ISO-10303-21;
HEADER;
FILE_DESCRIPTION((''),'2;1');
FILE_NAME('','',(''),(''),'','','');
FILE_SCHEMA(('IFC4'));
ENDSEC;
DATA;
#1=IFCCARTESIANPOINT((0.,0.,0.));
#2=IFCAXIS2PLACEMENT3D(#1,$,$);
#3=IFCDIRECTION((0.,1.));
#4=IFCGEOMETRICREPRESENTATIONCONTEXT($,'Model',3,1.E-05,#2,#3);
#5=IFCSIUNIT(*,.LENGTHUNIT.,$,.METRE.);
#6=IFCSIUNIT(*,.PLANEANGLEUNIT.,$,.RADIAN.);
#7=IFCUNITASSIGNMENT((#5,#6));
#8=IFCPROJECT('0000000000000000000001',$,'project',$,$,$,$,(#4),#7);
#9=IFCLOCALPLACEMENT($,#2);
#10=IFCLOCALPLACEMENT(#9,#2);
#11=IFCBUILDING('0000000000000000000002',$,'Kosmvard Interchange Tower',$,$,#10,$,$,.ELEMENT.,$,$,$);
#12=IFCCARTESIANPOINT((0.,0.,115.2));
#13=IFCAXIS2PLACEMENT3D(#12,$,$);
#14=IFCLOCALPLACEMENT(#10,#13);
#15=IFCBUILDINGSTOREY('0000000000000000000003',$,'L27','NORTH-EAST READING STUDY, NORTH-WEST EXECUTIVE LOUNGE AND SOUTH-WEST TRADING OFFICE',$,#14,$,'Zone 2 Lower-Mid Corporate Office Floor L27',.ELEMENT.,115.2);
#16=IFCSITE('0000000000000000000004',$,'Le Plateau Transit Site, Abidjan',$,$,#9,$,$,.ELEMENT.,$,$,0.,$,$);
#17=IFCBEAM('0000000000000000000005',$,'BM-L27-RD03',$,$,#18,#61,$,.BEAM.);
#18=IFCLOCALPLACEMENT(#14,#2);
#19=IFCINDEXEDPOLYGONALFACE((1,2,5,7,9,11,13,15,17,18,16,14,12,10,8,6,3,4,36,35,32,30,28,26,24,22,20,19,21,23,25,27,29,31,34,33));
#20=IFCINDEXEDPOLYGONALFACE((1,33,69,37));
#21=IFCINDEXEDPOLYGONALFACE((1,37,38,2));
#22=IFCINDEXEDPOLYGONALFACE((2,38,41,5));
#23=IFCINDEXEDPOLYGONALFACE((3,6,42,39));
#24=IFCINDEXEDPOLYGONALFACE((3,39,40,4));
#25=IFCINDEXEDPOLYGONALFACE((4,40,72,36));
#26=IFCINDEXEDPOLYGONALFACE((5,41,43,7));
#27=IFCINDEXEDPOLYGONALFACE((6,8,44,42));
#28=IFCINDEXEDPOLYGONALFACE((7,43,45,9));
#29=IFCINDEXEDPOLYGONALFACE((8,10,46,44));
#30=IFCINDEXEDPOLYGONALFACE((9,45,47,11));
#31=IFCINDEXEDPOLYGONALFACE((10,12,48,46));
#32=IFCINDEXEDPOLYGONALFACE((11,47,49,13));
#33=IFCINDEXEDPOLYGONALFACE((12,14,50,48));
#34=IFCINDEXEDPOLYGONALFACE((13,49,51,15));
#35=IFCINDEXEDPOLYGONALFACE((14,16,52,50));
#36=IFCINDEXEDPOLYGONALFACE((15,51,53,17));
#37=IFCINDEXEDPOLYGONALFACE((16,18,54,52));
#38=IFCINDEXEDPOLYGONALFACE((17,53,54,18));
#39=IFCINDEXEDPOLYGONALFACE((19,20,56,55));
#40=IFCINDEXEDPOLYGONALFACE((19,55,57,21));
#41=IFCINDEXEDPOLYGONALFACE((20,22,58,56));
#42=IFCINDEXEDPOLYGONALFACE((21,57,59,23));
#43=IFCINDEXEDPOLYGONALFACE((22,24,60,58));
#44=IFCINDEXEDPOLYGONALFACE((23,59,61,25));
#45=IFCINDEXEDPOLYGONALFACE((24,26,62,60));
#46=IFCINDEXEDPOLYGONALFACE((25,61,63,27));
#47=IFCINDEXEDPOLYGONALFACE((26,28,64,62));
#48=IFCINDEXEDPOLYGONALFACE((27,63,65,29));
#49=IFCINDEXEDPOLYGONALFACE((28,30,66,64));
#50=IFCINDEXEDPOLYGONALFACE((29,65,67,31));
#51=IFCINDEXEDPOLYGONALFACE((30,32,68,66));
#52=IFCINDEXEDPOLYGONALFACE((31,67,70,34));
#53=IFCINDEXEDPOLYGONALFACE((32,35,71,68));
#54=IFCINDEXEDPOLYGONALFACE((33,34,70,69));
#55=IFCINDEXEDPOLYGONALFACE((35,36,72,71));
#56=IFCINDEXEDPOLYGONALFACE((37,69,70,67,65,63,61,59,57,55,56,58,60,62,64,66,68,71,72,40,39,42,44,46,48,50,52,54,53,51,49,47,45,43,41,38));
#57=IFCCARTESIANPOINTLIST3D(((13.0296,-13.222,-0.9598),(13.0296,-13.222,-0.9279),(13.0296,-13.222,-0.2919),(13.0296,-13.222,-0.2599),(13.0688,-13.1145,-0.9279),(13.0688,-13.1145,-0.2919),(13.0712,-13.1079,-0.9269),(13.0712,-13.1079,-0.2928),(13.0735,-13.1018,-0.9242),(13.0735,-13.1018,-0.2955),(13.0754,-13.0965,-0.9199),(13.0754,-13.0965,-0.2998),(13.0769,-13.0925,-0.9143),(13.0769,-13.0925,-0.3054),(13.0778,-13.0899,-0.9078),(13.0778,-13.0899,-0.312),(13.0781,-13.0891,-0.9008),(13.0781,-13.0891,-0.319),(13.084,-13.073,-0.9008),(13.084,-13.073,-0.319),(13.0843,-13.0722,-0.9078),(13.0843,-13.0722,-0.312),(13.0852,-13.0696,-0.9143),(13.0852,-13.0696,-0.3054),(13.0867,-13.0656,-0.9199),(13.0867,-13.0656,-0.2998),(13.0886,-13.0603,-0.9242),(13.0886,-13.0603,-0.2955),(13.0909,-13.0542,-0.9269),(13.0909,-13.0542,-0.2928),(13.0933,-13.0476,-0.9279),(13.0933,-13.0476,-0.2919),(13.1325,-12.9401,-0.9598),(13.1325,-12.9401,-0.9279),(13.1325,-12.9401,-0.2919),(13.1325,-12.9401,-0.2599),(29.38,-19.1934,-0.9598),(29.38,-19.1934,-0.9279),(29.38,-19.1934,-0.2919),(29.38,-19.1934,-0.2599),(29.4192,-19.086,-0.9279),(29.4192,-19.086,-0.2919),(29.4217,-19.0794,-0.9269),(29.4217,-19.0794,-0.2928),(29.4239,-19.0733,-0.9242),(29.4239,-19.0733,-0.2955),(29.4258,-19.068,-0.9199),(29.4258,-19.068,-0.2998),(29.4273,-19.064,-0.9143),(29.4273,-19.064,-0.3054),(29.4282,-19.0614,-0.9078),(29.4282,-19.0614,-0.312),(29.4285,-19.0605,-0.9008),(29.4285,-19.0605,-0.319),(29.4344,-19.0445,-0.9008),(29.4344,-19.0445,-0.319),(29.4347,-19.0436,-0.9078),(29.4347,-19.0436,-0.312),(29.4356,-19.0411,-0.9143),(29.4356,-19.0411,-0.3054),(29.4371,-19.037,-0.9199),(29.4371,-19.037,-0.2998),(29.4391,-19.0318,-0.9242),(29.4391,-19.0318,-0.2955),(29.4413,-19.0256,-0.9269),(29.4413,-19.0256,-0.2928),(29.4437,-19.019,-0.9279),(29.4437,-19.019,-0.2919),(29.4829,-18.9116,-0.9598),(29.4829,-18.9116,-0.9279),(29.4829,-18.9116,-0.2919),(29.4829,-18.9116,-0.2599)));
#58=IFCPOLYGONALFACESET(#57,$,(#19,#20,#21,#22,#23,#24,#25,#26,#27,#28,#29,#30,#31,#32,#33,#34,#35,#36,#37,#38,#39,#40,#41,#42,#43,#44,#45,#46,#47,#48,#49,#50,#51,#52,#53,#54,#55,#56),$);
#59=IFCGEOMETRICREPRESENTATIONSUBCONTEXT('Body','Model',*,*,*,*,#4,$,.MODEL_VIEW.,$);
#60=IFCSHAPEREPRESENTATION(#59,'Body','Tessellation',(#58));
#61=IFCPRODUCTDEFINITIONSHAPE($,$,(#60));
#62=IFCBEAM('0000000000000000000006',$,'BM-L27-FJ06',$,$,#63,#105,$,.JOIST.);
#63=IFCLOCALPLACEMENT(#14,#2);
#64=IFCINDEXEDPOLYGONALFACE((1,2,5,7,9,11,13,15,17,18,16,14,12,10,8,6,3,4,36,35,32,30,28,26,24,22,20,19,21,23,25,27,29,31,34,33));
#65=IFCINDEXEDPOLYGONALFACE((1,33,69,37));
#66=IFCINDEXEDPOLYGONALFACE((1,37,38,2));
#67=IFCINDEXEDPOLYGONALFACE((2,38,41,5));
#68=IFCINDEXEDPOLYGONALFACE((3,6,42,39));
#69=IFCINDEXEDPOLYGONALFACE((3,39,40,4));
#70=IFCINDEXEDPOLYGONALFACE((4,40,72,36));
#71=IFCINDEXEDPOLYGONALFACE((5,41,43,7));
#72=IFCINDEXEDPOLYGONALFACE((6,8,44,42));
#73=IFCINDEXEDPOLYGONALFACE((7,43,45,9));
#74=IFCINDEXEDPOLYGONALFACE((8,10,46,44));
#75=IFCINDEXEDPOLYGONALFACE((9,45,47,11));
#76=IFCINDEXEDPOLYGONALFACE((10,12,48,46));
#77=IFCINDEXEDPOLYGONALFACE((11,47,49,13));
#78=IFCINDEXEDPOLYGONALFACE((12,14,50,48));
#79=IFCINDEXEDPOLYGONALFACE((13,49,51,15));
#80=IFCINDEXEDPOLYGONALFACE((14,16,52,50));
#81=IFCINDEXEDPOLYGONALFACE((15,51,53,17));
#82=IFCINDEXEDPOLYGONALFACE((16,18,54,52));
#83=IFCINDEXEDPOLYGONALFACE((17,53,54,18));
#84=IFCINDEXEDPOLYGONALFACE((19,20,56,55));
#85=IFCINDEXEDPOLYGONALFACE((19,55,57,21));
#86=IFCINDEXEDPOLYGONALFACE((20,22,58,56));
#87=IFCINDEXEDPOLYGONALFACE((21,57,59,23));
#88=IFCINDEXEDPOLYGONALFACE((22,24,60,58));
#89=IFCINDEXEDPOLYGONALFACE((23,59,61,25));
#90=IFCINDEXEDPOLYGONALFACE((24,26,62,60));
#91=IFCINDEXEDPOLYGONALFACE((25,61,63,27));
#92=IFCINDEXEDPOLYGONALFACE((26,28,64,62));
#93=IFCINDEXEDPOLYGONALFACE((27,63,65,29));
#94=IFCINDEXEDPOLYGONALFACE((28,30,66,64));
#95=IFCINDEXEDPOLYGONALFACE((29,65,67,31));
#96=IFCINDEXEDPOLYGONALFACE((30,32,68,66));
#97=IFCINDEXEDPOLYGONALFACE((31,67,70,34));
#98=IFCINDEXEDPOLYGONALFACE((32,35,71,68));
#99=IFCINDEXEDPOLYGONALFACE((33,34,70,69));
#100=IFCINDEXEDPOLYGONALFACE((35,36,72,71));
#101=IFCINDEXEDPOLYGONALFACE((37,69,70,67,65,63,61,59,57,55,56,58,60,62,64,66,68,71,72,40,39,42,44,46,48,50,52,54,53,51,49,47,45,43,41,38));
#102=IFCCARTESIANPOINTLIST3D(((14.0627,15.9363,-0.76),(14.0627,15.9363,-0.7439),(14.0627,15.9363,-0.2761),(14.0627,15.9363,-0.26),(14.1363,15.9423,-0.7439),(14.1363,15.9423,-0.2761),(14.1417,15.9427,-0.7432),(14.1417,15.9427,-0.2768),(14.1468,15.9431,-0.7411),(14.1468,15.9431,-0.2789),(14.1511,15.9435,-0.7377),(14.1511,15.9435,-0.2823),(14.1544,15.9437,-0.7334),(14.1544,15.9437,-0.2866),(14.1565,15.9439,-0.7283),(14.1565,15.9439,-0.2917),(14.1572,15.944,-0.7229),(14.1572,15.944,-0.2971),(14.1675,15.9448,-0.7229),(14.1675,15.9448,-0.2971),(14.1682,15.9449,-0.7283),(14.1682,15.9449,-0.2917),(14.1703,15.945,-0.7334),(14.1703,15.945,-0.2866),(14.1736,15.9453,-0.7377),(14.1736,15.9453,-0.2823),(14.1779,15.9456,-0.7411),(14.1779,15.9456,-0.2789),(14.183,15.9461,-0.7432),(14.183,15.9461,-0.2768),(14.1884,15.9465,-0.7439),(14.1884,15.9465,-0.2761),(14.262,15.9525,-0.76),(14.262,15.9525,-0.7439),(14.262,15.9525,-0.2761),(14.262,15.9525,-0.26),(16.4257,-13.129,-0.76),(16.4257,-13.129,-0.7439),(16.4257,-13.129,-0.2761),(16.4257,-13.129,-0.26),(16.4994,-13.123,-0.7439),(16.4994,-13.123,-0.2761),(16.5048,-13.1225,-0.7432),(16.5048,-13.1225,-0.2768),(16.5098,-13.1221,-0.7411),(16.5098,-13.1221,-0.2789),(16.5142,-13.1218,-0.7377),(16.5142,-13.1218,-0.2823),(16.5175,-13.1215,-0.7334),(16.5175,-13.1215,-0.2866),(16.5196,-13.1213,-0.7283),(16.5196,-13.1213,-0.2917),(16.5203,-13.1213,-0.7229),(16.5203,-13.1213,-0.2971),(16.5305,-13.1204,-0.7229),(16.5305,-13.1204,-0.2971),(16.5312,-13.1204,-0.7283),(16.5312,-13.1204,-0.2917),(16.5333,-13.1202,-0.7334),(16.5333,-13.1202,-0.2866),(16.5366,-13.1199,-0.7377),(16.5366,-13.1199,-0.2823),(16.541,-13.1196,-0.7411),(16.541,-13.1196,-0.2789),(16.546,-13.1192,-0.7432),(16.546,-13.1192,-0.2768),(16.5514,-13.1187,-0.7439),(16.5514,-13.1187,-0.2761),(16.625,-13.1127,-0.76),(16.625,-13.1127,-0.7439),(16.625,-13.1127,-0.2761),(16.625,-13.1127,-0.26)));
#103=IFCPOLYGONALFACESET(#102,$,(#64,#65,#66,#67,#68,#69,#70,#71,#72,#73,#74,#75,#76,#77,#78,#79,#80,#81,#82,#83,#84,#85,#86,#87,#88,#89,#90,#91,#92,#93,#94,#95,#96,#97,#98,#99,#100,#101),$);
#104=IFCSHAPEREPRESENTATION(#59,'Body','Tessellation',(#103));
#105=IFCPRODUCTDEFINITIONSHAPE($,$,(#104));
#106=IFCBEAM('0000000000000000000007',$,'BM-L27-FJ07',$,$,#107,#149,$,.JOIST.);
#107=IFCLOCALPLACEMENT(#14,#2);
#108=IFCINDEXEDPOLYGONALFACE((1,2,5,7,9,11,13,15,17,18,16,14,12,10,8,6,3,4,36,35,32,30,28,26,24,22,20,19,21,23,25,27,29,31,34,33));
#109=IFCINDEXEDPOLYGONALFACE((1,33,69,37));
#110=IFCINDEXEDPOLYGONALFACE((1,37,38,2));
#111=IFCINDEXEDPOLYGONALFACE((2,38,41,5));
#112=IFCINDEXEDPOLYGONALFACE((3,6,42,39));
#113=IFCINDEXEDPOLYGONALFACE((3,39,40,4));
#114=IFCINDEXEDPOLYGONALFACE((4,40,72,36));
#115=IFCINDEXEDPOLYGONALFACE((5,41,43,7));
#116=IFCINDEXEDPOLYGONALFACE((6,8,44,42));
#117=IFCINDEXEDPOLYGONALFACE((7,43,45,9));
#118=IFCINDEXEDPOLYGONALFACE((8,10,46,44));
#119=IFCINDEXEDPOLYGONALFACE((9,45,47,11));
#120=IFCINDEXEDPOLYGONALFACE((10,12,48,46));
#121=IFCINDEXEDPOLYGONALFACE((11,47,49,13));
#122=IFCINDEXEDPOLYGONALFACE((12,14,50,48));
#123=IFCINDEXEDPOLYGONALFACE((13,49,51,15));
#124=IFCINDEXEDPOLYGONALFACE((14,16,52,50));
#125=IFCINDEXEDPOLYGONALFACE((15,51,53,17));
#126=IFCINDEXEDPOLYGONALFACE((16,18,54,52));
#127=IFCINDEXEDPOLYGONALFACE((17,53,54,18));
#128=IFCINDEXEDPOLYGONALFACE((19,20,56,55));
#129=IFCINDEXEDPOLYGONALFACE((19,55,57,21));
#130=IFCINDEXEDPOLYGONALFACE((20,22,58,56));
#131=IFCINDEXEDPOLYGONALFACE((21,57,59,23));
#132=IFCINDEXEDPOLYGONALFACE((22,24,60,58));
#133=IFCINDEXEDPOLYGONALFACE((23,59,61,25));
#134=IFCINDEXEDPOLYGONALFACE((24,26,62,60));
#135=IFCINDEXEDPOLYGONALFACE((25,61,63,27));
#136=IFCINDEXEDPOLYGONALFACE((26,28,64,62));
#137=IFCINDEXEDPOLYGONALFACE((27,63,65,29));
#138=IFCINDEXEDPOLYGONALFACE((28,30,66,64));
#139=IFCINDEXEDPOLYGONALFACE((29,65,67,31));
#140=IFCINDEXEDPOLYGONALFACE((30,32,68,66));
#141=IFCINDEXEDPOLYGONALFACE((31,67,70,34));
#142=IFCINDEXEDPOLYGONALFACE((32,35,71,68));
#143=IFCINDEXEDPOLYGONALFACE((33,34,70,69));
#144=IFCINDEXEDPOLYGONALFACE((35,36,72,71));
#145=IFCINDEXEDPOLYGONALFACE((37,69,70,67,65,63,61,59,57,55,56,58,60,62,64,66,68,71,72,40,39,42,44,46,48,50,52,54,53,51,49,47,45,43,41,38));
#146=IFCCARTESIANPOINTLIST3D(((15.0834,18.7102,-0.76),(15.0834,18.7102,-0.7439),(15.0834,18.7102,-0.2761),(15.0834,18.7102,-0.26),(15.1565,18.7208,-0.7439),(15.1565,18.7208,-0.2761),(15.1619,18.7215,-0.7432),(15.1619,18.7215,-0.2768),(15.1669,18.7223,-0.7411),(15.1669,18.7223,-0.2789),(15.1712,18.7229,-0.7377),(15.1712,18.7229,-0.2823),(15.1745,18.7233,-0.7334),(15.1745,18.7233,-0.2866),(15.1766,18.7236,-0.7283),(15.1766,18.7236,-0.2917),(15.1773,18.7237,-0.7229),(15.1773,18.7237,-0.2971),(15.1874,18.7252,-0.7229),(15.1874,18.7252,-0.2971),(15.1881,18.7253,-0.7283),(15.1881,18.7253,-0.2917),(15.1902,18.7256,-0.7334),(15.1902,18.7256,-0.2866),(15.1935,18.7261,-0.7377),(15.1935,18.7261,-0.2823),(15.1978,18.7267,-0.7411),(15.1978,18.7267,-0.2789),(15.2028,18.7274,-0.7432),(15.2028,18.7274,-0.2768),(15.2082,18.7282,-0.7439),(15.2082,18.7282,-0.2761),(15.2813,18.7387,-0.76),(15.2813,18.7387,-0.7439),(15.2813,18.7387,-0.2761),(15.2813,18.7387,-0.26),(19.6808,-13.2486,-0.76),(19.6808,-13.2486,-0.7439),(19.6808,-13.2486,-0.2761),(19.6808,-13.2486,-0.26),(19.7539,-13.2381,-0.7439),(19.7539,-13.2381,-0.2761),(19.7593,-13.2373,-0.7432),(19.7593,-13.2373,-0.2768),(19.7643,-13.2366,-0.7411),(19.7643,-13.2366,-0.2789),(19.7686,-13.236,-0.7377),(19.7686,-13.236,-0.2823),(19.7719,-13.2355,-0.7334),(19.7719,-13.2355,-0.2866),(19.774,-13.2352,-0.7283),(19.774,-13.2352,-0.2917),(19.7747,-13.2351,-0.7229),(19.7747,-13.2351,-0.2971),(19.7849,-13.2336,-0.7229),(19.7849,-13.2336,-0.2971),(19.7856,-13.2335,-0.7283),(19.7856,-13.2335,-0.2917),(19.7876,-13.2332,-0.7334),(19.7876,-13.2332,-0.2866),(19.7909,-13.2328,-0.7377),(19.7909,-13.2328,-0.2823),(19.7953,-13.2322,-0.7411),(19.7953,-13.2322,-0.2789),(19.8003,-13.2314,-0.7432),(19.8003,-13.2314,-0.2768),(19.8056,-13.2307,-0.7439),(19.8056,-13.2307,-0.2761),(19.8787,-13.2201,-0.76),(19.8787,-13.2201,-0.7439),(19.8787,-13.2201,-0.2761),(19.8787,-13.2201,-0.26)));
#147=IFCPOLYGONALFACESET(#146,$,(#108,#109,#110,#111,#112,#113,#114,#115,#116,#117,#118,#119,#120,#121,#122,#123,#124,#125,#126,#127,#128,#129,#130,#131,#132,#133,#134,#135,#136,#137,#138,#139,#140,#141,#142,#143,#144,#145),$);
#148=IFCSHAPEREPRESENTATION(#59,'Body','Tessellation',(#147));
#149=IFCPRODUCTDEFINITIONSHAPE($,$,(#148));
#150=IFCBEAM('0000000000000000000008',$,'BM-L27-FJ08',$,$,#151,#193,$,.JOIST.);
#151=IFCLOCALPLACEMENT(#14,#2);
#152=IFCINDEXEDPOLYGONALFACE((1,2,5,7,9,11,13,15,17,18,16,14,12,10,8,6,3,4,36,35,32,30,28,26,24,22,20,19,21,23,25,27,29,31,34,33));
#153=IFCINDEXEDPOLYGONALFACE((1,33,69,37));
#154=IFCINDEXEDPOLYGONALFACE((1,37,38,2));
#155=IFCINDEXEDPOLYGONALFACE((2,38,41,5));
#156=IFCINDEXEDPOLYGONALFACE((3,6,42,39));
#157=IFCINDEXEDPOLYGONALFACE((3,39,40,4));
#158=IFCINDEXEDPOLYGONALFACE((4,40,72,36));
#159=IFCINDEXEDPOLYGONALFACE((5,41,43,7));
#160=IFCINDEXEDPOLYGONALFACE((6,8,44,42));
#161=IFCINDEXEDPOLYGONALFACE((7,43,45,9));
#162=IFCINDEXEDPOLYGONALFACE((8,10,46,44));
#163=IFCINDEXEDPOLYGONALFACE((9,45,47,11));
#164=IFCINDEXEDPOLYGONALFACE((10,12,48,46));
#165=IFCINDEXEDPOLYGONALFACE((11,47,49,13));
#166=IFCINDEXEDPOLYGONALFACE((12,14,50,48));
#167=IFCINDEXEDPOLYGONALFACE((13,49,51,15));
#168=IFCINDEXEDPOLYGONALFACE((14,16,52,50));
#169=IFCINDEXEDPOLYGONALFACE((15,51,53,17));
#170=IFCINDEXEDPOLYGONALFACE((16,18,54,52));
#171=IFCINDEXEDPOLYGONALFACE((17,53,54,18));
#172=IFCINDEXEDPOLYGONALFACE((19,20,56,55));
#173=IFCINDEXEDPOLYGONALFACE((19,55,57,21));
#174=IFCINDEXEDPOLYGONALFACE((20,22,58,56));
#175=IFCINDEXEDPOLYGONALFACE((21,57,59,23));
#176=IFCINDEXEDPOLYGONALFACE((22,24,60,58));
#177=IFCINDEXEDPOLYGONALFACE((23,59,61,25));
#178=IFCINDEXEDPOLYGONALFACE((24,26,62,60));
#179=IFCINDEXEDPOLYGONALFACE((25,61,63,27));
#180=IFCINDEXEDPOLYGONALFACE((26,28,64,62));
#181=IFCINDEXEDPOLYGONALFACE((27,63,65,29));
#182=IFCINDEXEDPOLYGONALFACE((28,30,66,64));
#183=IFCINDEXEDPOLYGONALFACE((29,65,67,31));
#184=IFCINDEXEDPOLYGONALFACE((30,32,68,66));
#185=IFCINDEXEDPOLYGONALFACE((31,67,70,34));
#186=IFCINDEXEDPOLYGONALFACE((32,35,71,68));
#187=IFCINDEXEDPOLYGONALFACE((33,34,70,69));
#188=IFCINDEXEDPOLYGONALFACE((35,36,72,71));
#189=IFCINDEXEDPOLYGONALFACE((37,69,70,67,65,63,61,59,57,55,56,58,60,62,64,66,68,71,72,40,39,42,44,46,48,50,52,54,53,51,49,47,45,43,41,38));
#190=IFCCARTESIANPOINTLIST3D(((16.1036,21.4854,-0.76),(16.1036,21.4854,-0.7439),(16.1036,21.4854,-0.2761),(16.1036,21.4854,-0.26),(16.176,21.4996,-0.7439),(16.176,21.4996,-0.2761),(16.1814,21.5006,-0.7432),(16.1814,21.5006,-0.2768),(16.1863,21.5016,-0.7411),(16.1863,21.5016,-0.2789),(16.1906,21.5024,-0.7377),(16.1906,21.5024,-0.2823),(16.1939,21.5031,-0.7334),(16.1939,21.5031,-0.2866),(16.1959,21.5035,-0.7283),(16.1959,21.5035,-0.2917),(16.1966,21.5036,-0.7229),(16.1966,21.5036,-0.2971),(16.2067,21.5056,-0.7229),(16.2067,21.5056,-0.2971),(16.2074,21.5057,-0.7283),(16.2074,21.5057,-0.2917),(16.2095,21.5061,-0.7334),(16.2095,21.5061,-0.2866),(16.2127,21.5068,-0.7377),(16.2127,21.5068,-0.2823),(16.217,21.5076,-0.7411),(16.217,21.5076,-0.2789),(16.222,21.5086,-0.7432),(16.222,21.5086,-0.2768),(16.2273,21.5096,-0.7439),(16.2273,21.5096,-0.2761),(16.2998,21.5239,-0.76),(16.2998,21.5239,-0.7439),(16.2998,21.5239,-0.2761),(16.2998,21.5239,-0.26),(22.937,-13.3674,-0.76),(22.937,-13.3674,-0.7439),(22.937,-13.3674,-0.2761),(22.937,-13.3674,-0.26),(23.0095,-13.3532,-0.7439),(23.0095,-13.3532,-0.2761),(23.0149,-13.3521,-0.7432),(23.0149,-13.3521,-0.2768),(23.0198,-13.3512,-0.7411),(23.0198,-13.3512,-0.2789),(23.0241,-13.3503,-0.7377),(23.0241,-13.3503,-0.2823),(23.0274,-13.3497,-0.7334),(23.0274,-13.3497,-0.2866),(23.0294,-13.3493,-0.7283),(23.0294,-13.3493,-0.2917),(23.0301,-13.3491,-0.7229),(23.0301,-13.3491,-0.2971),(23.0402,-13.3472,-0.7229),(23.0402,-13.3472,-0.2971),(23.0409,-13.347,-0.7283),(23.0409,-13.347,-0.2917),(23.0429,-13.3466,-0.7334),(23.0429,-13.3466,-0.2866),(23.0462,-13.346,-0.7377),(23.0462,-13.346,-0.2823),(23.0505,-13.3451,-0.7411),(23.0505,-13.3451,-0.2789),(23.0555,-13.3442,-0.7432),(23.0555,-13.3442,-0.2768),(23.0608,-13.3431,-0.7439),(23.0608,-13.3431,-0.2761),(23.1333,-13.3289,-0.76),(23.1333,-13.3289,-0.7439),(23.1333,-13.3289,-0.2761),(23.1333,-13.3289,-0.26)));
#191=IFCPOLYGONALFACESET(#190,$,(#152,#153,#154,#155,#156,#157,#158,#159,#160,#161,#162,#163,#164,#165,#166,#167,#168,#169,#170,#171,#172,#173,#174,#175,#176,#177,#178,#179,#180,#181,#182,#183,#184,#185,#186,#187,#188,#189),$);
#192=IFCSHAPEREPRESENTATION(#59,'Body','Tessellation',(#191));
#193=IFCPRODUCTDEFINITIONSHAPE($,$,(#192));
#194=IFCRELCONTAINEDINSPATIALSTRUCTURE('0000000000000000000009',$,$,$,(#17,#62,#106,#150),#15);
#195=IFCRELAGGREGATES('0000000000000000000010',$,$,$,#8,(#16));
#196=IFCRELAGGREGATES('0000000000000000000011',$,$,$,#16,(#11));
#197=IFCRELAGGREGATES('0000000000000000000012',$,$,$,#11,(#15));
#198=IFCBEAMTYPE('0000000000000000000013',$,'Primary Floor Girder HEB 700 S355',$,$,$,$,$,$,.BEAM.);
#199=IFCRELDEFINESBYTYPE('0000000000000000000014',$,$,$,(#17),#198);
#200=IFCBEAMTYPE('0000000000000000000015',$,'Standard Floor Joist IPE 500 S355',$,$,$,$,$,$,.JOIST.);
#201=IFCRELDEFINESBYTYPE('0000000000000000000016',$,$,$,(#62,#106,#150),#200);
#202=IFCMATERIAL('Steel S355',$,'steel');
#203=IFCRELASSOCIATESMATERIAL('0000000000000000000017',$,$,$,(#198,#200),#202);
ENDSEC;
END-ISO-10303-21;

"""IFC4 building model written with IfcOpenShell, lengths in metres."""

from ifc_helpers import new_model, si_unit, direction, frame, origin, origin_2d, place, context, subcontext, project, spatial, i_section, extrude, source, transform, mapped, material, material_profile, profile_set, type_object, element, save


model = new_model("IFC4")

# Units and contexts
model_context = context("Model", 3, precision=1e-05, world=origin(), true_north=direction((0.0, 1.0)))
body_context = subcontext(model_context, "Body", "Model", "MODEL_VIEW")
ifc_project = project(units=[si_unit("LENGTHUNIT", "METRE"), si_unit("PLANEANGLEUNIT", "RADIAN")], contexts=[model_context])

# Site, building, storey
site_placement = place(None, origin())
site = spatial("IfcSite", under=ifc_project, at=site_placement, Name="Le Plateau Transit Site, Abidjan", CompositionType="ELEMENT", RefElevation=0.0)
building_placement = place(site_placement, origin())
building = spatial("IfcBuilding", under=site, at=building_placement, Name="Kosmvard Interchange Tower", CompositionType="ELEMENT")
storey_placement = place(building_placement, frame((0.0, 0.0, 115.2)))
storey = spatial("IfcBuildingStorey", under=building, at=storey_placement, Name="L27", Description="NORTH-EAST READING STUDY, NORTH-WEST EXECUTIVE LOUNGE AND SOUTH-WEST TRADING OFFICE", LongName="Zone 2 Lower-Mid Corporate Office Floor L27", CompositionType="ELEMENT", Elevation=115.2)

# Beams
ifc_material_1 = material(Name="Steel S355", Category="steel")
ifc_material_profile_1 = material_profile(ifc_material_1, i_section(OverallWidth=0.3, OverallDepth=0.7, WebThickness=0.0171, FlangeThickness=0.032, FilletRadius=0.0271, at=origin_2d()), Name="HEB 700")
ifc_profile_set_1 = profile_set([ifc_material_profile_1], Name="Steel S355")
beam_type_1 = type_object("IfcBeamType", Name="Primary Floor Girder HEB 700 S355", PredefinedType="BEAM", material=ifc_profile_set_1)
shared_shape_1 = source(origin(), body_context, "Body", "SweptSolid", [
    extrude(i_section(OverallWidth=0.3, OverallDepth=0.7, WebThickness=0.0171, FlangeThickness=0.032, FilletRadius=0.0271, at=origin_2d()), origin(), (0.0, 0.0, 1.0), 17.4067),
])
beam_1_placement = place(storey_placement, frame((13.0811, -13.0811, -0.6099), z_axis=(0.939315, -0.343055, 0.0), x_axis=(0.343055, 0.939315, 0.0)))
element("IfcBeam", 1, at=beam_1_placement, inside=storey, type_object=beam_type_1, Name="BM-L27-RD03", PredefinedType="BEAM", context=body_context, shape_type="MappedRepresentation", body=[
    mapped(shared_shape_1, transform((0.0, 0.0, 0.0), scale=1.0)),
])
ifc_material_profile_2 = material_profile(ifc_material_1, i_section(OverallWidth=0.2, OverallDepth=0.5, WebThickness=0.0103, FlangeThickness=0.0161, FilletRadius=0.021, at=origin_2d()), Name="IPE 500")
ifc_profile_set_2 = profile_set([ifc_material_profile_2], Name="Steel S355")
beam_type_2 = type_object("IfcBeamType", Name="Standard Floor Joist IPE 500 S355", PredefinedType="JOIST", material=ifc_profile_set_2)
shared_shape_2 = source(origin(), body_context, "Body", "SweptSolid", [
    extrude(i_section(OverallWidth=0.2, OverallDepth=0.5, WebThickness=0.0103, FlangeThickness=0.0161, FilletRadius=0.021, at=origin_2d()), origin(), (0.0, 0.0, 1.0), 29.1611),
])
beam_2_placement = place(storey_placement, frame((16.5254, -13.1208, -0.51), z_axis=(-0.081034, 0.996711, 0.0), x_axis=(-0.996711, -0.081034, 0.0)))
element("IfcBeam", 2, at=beam_2_placement, inside=storey, type_object=beam_type_2, Name="BM-L27-FJ06", PredefinedType="JOIST", context=body_context, shape_type="MappedRepresentation", body=[
    mapped(shared_shape_2, transform((0.0, 0.0, 0.0), scale=1.0)),
])
shared_shape_3 = source(origin(), body_context, "Body", "SweptSolid", [
    extrude(i_section(OverallWidth=0.2, OverallDepth=0.5, WebThickness=0.0103, FlangeThickness=0.0161, FilletRadius=0.021, at=origin_2d()), origin(), (0.0, 0.0, 1.0), 32.2878),
])
beam_3_placement = place(storey_placement, frame((19.7798, -13.2344, -0.51), z_axis=(-0.142389, 0.989811, 0.0), x_axis=(-0.989811, -0.142389, 0.0)))
element("IfcBeam", 3, at=beam_3_placement, inside=storey, type_object=beam_type_2, Name="BM-L27-FJ07", PredefinedType="JOIST", context=body_context, shape_type="MappedRepresentation", body=[
    mapped(shared_shape_3, transform((0.0, 0.0, 0.0), scale=1.0)),
])
shared_shape_4 = source(origin(), body_context, "Body", "SweptSolid", [
    extrude(i_section(OverallWidth=0.2, OverallDepth=0.5, WebThickness=0.0103, FlangeThickness=0.0161, FilletRadius=0.021, at=origin_2d()), origin(), (0.0, 0.0, 1.0), 35.5164),
])
beam_4_placement = place(storey_placement, frame((23.0352, -13.3481, -0.51), z_axis=(-0.192404, 0.981316, 0.0), x_axis=(-0.981316, -0.192404, 0.0)))
element("IfcBeam", 4, at=beam_4_placement, inside=storey, type_object=beam_type_2, Name="BM-L27-FJ08", PredefinedType="JOIST", context=body_context, shape_type="MappedRepresentation", body=[
    mapped(shared_shape_4, transform((0.0, 0.0, 0.0), scale=1.0)),
])

save(model, "model.ifc")
